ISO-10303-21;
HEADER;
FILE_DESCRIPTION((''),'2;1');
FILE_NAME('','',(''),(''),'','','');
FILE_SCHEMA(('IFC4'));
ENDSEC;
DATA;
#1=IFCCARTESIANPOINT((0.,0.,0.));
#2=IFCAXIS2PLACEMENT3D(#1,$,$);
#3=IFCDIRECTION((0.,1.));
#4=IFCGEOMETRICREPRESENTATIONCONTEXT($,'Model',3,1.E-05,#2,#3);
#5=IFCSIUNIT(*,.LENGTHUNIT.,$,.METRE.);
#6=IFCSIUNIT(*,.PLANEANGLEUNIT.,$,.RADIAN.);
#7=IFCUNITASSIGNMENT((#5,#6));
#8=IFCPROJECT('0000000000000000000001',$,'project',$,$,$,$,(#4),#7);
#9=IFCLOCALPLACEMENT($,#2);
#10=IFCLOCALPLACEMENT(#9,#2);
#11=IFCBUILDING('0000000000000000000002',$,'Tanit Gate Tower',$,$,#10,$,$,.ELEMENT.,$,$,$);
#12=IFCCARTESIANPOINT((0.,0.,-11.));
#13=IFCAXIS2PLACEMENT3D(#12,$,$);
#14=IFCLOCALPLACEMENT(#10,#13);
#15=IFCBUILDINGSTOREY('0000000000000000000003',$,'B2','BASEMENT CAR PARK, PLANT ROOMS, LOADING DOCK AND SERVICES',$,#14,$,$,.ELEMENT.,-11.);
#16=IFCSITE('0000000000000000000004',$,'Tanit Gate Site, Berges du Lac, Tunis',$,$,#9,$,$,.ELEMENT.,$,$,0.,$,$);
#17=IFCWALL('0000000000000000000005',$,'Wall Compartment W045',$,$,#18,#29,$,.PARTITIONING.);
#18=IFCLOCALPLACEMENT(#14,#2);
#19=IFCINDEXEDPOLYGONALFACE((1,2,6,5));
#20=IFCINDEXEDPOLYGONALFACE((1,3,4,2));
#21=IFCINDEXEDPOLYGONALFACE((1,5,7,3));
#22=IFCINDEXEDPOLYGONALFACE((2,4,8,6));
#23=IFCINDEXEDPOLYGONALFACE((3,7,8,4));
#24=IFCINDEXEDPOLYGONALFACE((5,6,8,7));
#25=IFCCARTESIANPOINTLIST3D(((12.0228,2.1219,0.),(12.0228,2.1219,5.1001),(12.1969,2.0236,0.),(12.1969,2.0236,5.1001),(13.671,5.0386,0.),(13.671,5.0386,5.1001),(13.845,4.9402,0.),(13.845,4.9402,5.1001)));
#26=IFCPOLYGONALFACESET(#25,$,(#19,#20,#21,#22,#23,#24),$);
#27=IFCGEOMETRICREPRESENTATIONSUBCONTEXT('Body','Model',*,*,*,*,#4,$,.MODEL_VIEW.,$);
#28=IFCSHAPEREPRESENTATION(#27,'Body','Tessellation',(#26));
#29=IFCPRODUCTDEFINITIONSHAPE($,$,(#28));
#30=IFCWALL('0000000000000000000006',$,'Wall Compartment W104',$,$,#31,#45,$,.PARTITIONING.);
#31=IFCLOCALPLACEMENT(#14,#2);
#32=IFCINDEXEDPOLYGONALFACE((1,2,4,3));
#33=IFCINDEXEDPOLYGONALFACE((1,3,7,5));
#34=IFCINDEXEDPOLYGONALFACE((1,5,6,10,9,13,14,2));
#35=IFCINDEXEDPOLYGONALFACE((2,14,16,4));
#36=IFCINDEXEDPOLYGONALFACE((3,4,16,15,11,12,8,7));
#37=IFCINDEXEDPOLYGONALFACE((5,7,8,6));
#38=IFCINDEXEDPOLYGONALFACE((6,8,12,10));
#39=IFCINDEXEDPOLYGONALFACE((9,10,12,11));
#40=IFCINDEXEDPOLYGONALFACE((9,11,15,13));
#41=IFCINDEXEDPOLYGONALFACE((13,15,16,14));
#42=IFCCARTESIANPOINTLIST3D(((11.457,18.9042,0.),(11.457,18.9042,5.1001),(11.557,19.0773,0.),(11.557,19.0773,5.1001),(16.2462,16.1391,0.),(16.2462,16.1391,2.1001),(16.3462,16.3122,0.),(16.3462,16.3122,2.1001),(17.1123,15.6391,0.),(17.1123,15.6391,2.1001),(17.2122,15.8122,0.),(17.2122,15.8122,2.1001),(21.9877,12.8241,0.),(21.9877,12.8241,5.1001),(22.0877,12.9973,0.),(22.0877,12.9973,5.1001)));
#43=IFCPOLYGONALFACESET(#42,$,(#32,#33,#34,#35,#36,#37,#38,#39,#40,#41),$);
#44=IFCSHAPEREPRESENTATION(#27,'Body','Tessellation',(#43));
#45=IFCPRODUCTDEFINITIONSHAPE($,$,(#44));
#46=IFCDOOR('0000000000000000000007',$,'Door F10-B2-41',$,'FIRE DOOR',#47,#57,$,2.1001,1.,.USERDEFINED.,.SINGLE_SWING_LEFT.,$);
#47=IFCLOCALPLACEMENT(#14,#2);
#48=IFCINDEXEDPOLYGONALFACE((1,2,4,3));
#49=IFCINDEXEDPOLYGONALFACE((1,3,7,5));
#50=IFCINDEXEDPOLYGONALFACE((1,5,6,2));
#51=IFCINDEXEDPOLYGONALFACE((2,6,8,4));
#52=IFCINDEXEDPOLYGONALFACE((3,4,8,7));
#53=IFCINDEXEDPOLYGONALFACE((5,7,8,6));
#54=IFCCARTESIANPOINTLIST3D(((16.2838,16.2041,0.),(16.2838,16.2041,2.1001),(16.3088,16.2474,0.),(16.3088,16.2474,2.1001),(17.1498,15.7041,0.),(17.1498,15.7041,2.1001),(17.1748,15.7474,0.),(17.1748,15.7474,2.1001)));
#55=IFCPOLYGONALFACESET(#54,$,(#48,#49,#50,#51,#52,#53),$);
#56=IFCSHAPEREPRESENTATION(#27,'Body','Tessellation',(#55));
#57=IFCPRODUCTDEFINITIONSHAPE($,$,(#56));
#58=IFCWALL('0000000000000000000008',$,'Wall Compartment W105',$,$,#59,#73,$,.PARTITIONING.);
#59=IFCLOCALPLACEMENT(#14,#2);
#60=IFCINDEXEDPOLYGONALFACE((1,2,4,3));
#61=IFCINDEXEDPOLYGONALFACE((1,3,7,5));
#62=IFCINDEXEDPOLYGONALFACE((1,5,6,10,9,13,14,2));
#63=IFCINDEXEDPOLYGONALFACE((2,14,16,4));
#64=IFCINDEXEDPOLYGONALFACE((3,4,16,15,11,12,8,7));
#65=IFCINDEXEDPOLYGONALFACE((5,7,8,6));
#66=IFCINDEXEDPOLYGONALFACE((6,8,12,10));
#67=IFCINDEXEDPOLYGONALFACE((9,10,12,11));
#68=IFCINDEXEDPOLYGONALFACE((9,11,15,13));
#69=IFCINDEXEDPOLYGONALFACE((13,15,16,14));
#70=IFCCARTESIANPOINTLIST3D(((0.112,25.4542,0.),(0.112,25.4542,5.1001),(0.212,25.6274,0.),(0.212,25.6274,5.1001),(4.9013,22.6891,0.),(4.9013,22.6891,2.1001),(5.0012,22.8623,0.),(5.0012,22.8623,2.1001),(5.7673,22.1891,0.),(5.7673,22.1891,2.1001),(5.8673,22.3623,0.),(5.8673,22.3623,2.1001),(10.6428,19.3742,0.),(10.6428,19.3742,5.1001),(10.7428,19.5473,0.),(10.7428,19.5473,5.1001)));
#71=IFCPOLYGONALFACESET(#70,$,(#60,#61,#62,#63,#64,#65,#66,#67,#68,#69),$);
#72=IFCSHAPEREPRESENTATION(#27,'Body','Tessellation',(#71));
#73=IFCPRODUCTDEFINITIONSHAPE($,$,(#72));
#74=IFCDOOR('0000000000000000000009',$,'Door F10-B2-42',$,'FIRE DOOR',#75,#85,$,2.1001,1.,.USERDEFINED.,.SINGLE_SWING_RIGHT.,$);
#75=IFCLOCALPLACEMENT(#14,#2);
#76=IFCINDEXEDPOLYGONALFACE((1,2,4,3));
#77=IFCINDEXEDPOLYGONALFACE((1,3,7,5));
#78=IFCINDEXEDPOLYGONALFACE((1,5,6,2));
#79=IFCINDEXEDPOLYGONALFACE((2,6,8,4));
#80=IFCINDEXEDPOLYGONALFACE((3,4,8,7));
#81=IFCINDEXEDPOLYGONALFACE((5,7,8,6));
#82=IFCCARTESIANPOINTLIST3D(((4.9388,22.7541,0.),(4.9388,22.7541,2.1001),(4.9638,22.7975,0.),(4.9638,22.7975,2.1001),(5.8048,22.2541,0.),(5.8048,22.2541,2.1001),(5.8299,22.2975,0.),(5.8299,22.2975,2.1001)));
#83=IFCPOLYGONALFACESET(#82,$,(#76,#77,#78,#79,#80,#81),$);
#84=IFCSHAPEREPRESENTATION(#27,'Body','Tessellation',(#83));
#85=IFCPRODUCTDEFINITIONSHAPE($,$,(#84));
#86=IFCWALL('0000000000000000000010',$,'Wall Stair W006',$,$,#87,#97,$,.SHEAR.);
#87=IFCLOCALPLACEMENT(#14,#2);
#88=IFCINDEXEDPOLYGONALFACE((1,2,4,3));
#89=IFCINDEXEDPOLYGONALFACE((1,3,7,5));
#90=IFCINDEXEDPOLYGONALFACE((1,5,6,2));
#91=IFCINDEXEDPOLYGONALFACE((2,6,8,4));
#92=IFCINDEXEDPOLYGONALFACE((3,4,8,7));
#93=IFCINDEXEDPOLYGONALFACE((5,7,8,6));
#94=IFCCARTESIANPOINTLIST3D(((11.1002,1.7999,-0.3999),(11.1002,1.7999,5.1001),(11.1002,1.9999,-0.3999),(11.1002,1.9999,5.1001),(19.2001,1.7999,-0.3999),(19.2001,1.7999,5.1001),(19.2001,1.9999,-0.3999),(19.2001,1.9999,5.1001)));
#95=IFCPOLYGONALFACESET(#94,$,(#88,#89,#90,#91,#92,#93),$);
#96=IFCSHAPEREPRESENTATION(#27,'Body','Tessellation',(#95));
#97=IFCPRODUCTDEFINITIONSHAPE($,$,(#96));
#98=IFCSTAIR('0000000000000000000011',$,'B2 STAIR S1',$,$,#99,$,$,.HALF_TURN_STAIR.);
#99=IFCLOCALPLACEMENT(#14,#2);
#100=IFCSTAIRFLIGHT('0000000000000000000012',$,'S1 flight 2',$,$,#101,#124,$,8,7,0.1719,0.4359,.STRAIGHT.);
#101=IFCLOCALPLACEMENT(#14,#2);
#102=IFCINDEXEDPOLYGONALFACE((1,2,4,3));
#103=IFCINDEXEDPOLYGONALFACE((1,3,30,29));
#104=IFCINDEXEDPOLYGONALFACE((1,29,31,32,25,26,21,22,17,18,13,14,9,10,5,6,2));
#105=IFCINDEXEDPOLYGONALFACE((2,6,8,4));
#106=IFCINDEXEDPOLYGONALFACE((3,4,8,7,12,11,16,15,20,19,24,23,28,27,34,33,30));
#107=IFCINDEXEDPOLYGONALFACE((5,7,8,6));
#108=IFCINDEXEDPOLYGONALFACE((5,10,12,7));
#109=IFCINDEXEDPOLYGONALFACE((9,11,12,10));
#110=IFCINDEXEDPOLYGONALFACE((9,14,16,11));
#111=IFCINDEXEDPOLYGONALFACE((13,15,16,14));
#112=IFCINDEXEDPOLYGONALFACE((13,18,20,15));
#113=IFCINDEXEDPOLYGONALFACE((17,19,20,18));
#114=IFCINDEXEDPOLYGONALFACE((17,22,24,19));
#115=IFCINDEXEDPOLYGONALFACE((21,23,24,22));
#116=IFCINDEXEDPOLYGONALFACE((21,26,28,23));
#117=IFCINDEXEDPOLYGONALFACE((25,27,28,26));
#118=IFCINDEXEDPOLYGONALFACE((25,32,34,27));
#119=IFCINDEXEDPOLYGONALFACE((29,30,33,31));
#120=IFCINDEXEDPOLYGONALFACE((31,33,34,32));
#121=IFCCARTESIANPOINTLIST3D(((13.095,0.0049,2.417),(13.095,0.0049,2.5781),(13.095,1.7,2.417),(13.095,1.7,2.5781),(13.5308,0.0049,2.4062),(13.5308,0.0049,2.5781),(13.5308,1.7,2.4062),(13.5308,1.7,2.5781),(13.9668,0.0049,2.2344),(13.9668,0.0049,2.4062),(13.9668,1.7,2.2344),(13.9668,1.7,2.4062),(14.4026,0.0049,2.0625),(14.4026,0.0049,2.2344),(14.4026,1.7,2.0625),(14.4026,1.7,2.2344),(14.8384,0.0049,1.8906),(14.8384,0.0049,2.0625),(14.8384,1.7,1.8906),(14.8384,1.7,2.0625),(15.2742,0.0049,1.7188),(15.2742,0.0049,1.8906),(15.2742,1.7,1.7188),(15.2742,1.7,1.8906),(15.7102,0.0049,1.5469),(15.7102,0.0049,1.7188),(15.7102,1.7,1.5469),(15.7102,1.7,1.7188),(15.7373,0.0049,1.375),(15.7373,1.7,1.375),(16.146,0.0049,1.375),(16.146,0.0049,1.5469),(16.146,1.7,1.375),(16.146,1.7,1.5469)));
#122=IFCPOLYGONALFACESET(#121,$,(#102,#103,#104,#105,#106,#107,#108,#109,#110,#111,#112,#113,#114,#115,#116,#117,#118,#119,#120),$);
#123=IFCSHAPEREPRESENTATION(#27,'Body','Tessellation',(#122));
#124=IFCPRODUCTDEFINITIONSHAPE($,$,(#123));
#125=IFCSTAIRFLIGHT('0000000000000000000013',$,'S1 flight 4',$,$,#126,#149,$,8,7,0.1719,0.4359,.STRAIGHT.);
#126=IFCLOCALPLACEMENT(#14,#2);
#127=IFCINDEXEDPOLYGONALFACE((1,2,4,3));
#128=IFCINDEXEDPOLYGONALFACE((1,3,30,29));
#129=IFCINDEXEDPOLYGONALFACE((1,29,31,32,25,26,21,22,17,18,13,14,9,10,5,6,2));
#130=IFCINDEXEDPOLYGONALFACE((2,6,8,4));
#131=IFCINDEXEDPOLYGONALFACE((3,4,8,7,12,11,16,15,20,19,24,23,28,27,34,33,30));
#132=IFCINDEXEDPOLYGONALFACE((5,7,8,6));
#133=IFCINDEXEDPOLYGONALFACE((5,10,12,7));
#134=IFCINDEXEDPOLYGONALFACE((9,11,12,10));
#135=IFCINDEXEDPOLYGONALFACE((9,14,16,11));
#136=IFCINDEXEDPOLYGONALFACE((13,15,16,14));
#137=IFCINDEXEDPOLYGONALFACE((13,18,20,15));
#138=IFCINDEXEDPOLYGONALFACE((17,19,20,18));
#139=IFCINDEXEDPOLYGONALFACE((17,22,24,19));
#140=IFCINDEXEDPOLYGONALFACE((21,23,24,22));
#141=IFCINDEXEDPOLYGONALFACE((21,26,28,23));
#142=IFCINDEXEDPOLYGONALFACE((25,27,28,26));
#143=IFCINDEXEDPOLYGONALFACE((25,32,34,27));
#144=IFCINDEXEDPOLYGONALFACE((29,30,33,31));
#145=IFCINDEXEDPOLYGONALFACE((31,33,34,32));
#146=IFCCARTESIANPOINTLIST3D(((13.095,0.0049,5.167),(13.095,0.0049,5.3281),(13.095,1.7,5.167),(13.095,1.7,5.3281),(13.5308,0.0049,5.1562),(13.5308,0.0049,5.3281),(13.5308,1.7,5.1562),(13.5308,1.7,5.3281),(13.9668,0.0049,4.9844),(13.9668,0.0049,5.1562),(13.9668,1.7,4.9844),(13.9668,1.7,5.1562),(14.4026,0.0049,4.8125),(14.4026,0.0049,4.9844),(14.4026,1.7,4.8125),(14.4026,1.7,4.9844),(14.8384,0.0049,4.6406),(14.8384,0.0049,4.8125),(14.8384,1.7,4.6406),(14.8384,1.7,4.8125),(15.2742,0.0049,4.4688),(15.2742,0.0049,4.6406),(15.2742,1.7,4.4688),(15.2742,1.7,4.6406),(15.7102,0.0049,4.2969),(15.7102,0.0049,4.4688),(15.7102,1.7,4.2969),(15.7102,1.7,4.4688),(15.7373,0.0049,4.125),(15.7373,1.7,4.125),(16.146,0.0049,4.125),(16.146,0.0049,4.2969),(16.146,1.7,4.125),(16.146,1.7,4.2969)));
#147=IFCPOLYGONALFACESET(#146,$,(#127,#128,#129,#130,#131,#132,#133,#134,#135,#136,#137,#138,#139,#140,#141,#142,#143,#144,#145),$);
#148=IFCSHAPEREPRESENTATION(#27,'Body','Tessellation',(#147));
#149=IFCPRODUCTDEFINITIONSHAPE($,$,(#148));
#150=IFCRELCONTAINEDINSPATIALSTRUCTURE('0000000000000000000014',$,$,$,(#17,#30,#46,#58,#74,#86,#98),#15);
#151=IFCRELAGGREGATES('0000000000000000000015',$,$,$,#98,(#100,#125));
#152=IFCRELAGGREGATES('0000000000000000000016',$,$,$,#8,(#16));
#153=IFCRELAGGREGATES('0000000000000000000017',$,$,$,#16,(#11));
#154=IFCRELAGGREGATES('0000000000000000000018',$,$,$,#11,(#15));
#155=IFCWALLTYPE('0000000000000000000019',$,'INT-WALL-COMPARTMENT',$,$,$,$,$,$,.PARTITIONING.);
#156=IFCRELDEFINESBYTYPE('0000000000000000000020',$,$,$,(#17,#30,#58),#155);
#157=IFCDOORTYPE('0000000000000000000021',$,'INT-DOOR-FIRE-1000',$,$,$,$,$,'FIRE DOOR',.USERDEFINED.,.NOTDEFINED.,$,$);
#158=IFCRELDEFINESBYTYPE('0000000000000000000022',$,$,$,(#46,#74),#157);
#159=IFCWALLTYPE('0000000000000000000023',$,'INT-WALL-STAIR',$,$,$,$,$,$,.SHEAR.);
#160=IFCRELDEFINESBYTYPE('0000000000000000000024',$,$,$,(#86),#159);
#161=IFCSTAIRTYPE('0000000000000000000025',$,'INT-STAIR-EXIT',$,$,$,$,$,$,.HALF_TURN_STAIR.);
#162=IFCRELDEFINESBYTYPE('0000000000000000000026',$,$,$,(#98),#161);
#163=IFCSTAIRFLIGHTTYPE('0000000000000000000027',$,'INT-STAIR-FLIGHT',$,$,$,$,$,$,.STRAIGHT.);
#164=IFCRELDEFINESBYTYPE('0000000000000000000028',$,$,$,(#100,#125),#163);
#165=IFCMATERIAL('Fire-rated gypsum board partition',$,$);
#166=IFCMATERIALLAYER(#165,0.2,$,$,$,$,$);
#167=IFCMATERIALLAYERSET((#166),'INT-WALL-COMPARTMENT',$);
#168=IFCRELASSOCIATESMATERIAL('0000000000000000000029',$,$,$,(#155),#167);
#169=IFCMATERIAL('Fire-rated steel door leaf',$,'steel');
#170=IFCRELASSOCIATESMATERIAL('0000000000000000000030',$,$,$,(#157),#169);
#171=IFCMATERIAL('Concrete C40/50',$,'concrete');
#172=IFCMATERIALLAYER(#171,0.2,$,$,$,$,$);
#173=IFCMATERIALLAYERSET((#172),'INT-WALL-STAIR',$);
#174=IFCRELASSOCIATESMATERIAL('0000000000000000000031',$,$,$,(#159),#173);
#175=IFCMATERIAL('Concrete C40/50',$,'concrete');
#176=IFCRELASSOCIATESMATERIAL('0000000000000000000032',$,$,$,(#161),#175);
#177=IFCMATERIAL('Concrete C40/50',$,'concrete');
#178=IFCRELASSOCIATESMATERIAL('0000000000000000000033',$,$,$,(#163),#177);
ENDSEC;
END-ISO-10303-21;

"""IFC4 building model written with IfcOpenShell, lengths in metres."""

from ifc_helpers import new_model, si_unit, direction, frame, frame_2d, origin, place, context, subcontext, project, spatial, polyline, rectangle, outline, extrude, material, layer, layer_set, type_object, element, fill, aggregate, save


model = new_model("IFC4")

# Units and contexts
model_context = context("Model", 3, precision=1e-05, world=origin(), true_north=direction((0.0, 1.0)))
body_context = subcontext(model_context, "Body", "Model", "MODEL_VIEW")
ifc_project = project(units=[si_unit("LENGTHUNIT", "METRE"), si_unit("PLANEANGLEUNIT", "RADIAN")], contexts=[model_context])

# Site, building, storey
site_placement = place(None, origin())
site = spatial("IfcSite", under=ifc_project, at=site_placement, Name="Tanit Gate Site, Berges du Lac, Tunis", CompositionType="ELEMENT", RefElevation=0.0)
building_placement = place(site_placement, origin())
building = spatial("IfcBuilding", under=site, at=building_placement, Name="Tanit Gate Tower", CompositionType="ELEMENT")
storey_placement = place(building_placement, frame((0.0, 0.0, -11.0)))
storey = spatial("IfcBuildingStorey", under=building, at=storey_placement, Name="B2", Description="BASEMENT CAR PARK, PLANT ROOMS, LOADING DOCK AND SERVICES", CompositionType="ELEMENT", Elevation=-11.0)

# Wall
ifc_material_1 = material(Name="Fire-rated gypsum board partition")
ifc_layer_1 = layer(ifc_material_1, 0.2)
ifc_layer_set_1 = layer_set([ifc_layer_1], Name="INT-WALL-COMPARTMENT")
wall_type_1 = type_object("IfcWallType", Name="INT-WALL-COMPARTMENT", PredefinedType="PARTITIONING", material=ifc_layer_set_1)
wall_1_placement = place(storey_placement, frame((12.1099, 2.0728, 0.0), z_axis=(0.0, 0.0, 1.0), x_axis=(0.491966, 0.870614, 0.0)))
element("IfcWall", 1, at=wall_1_placement, inside=storey, type_object=wall_type_1, Name="Wall Compartment W045", PredefinedType="PARTITIONING", context=body_context, shape_type="SweptSolid", body=[
    extrude(rectangle(XDim=3.3501, YDim=0.2, at=frame_2d((1.675, 0.0))), origin(), (0.0, 0.0, 1.0), 5.1001),
])

# Walls, openings, doors
wall_2_placement = place(storey_placement, frame((22.0378, 12.9106, 0.0), z_axis=(0.0, 0.0, 1.0), x_axis=(-0.86602, 0.500009, 0.0)))
wall_2 = element("IfcWall", 2, at=wall_2_placement, inside=storey, type_object=wall_type_1, Name="Wall Compartment W104", PredefinedType="PARTITIONING", context=body_context, shape_type="SweptSolid", body=[
    extrude(rectangle(XDim=12.1599, YDim=0.2, at=frame_2d((6.0801, 0.0))), origin(), (0.0, 0.0, 1.0), 5.1001),
])
opening_1_placement = place(wall_2_placement, frame((5.6299, 0.0, 0.0)))
opening_1 = element("IfcOpeningElement", 3, at=opening_1_placement, cuts=wall_2, PredefinedType="OPENING", context=body_context, shape_type="SweptSolid", body=[
    extrude(rectangle(XDim=1.0, YDim=2.1001, at=frame_2d((0.5, 1.05))), frame((0.0, 0.1099, 0.0), z_axis=(0.0, -1.0, 0.0), x_axis=(1.0, 0.0, 0.0)), (0.0, 0.0, 1.0), 0.22),
])
ifc_material_2 = material(Name="Fire-rated steel door leaf", Category="steel")
door_type_1 = type_object("IfcDoorType", Name="INT-DOOR-FIRE-1000", ElementType="FIRE DOOR", OperationType="NOTDEFINED", PredefinedType="USERDEFINED", material=ifc_material_2)
door_1_placement = place(opening_1_placement, origin())
door_1 = element("IfcDoor", 4, at=door_1_placement, inside=storey, type_object=door_type_1, Name="Door F10-B2-41", ObjectType="FIRE DOOR", OperationType="SINGLE_SWING_LEFT", OverallHeight=2.1001, OverallWidth=1.0, PredefinedType="USERDEFINED", context=body_context, shape_type="SweptSolid", body=[
    extrude(rectangle(XDim=1.0, YDim=2.1001, at=frame_2d((0.5, 1.05))), frame((0.0, 0.0249, 0.0), z_axis=(0.0, -1.0, 0.0), x_axis=(1.0, 0.0, 0.0)), (0.0, 0.0, 1.0), 0.05),
])
fill(opening_1, door_1)
wall_3_placement = place(storey_placement, frame((10.6929, 19.4607, 0.0), z_axis=(0.0, 0.0, 1.0), x_axis=(-0.86602, 0.500009, 0.0)))
wall_3 = element("IfcWall", 5, at=wall_3_placement, inside=storey, type_object=wall_type_1, Name="Wall Compartment W105", PredefinedType="PARTITIONING", context=body_context, shape_type="SweptSolid", body=[
    extrude(rectangle(XDim=12.1599, YDim=0.2, at=frame_2d((6.0801, 0.0))), origin(), (0.0, 0.0, 1.0), 5.1001),
])
opening_2_placement = place(wall_3_placement, frame((5.6299, 0.0, 0.0)))
opening_2 = element("IfcOpeningElement", 6, at=opening_2_placement, cuts=wall_3, PredefinedType="OPENING", context=body_context, shape_type="SweptSolid", body=[
    extrude(rectangle(XDim=1.0, YDim=2.1001, at=frame_2d((0.5, 1.05))), frame((0.0, 0.1099, 0.0), z_axis=(0.0, -1.0, 0.0), x_axis=(1.0, 0.0, 0.0)), (0.0, 0.0, 1.0), 0.22),
])
door_2_placement = place(opening_2_placement, origin())
door_2 = element("IfcDoor", 7, at=door_2_placement, inside=storey, type_object=door_type_1, Name="Door F10-B2-42", ObjectType="FIRE DOOR", OperationType="SINGLE_SWING_RIGHT", OverallHeight=2.1001, OverallWidth=1.0, PredefinedType="USERDEFINED", context=body_context, shape_type="SweptSolid", body=[
    extrude(rectangle(XDim=1.0, YDim=2.1001, at=frame_2d((0.5, 1.05))), frame((0.0, 0.0249, 0.0), z_axis=(0.0, -1.0, 0.0), x_axis=(1.0, 0.0, 0.0)), (0.0, 0.0, 1.0), 0.05),
])
fill(opening_2, door_2)

# Wall
ifc_material_3 = material(Name="Concrete C40/50", Category="concrete")
ifc_layer_2 = layer(ifc_material_3, 0.2)
ifc_layer_set_2 = layer_set([ifc_layer_2], Name="INT-WALL-STAIR")
wall_type_2 = type_object("IfcWallType", Name="INT-WALL-STAIR", PredefinedType="SHEAR", material=ifc_layer_set_2)
wall_4_placement = place(storey_placement, frame((19.2, 1.8999, -0.3999), z_axis=(0.0, 0.0, 1.0), x_axis=(-1.0, 0.0, 0.0)))
element("IfcWall", 8, at=wall_4_placement, inside=storey, type_object=wall_type_2, Name="Wall Stair W006", PredefinedType="SHEAR", context=body_context, shape_type="SweptSolid", body=[
    extrude(rectangle(XDim=8.0999, YDim=0.2, at=frame_2d((4.0498, 0.0))), origin(), (0.0, 0.0, 1.0), 5.5),
])

# Stair, stair flights
ifc_material_4 = material(Name="Concrete C40/50", Category="concrete")
stair_type = type_object("IfcStairType", Name="INT-STAIR-EXIT", PredefinedType="HALF_TURN_STAIR", material=ifc_material_4)
stair_placement = place(storey_placement, origin())
stair = element("IfcStair", 9, at=stair_placement, inside=storey, type_object=stair_type, Name="B2 STAIR S1", PredefinedType="HALF_TURN_STAIR")
ifc_material_5 = material(Name="Concrete C40/50", Category="concrete")
stair_flight_type = type_object("IfcStairFlightType", Name="INT-STAIR-FLIGHT", PredefinedType="STRAIGHT", material=ifc_material_5)
stair_flight_1_placement = place(storey_placement, frame((16.146, 0.8525, 1.375), z_axis=(0.0, 0.0, 1.0), x_axis=(-1.0, 0.0, 0.0)))
stair_flight_1 = element("IfcStairFlight", 10, at=stair_flight_1_placement, type_object=stair_flight_type, Name="S1 flight 2", NumberOfRisers=8, NumberOfTreads=7, PredefinedType="STRAIGHT", RiserHeight=0.1719, TreadLength=0.4359, context=body_context, shape_type="SweptSolid", body=[
    extrude(outline(polyline([(0.0, 0.0), (0.0, 0.1719), (0.4358, 0.1719), (0.4358, 0.3438), (0.8718, 0.3438), (0.8718, 0.5156), (1.3076, 0.5156), (1.3076, 0.6875), (1.7434, 0.6875), (1.7434, 0.8594), (2.1792, 0.8594), (2.1792, 1.0312), (2.6152, 1.0312), (2.6152, 1.2031), (3.051, 1.2031), (3.051, 1.375), (3.051, 1.042), (0.4087, 0.0), (0.0, 0.0)])), frame((0.0, 0.8477, 0.0), z_axis=(0.0, -1.0, 0.0), x_axis=(1.0, 0.0, 0.0)), (0.0, 0.0, 1.0), 1.6951),
])
stair_flight_2_placement = place(storey_placement, frame((16.146, 0.8525, 4.125), z_axis=(0.0, 0.0, 1.0), x_axis=(-1.0, 0.0, 0.0)))
stair_flight_2 = element("IfcStairFlight", 11, at=stair_flight_2_placement, type_object=stair_flight_type, Name="S1 flight 4", NumberOfRisers=8, NumberOfTreads=7, PredefinedType="STRAIGHT", RiserHeight=0.1719, TreadLength=0.4359, context=body_context, shape_type="SweptSolid", body=[
    extrude(outline(polyline([(0.0, 0.0), (0.0, 0.1719), (0.4358, 0.1719), (0.4358, 0.3438), (0.8718, 0.3438), (0.8718, 0.5156), (1.3076, 0.5156), (1.3076, 0.6875), (1.7434, 0.6875), (1.7434, 0.8594), (2.1792, 0.8594), (2.1792, 1.0312), (2.6152, 1.0312), (2.6152, 1.2031), (3.051, 1.2031), (3.051, 1.375), (3.051, 1.042), (0.4087, 0.0), (0.0, 0.0)])), frame((0.0, 0.8477, 0.0), z_axis=(0.0, -1.0, 0.0), x_axis=(1.0, 0.0, 0.0)), (0.0, 0.0, 1.0), 1.6951),
])
aggregate(stair, [stair_flight_1, stair_flight_2])

save(model, "model.ifc")
